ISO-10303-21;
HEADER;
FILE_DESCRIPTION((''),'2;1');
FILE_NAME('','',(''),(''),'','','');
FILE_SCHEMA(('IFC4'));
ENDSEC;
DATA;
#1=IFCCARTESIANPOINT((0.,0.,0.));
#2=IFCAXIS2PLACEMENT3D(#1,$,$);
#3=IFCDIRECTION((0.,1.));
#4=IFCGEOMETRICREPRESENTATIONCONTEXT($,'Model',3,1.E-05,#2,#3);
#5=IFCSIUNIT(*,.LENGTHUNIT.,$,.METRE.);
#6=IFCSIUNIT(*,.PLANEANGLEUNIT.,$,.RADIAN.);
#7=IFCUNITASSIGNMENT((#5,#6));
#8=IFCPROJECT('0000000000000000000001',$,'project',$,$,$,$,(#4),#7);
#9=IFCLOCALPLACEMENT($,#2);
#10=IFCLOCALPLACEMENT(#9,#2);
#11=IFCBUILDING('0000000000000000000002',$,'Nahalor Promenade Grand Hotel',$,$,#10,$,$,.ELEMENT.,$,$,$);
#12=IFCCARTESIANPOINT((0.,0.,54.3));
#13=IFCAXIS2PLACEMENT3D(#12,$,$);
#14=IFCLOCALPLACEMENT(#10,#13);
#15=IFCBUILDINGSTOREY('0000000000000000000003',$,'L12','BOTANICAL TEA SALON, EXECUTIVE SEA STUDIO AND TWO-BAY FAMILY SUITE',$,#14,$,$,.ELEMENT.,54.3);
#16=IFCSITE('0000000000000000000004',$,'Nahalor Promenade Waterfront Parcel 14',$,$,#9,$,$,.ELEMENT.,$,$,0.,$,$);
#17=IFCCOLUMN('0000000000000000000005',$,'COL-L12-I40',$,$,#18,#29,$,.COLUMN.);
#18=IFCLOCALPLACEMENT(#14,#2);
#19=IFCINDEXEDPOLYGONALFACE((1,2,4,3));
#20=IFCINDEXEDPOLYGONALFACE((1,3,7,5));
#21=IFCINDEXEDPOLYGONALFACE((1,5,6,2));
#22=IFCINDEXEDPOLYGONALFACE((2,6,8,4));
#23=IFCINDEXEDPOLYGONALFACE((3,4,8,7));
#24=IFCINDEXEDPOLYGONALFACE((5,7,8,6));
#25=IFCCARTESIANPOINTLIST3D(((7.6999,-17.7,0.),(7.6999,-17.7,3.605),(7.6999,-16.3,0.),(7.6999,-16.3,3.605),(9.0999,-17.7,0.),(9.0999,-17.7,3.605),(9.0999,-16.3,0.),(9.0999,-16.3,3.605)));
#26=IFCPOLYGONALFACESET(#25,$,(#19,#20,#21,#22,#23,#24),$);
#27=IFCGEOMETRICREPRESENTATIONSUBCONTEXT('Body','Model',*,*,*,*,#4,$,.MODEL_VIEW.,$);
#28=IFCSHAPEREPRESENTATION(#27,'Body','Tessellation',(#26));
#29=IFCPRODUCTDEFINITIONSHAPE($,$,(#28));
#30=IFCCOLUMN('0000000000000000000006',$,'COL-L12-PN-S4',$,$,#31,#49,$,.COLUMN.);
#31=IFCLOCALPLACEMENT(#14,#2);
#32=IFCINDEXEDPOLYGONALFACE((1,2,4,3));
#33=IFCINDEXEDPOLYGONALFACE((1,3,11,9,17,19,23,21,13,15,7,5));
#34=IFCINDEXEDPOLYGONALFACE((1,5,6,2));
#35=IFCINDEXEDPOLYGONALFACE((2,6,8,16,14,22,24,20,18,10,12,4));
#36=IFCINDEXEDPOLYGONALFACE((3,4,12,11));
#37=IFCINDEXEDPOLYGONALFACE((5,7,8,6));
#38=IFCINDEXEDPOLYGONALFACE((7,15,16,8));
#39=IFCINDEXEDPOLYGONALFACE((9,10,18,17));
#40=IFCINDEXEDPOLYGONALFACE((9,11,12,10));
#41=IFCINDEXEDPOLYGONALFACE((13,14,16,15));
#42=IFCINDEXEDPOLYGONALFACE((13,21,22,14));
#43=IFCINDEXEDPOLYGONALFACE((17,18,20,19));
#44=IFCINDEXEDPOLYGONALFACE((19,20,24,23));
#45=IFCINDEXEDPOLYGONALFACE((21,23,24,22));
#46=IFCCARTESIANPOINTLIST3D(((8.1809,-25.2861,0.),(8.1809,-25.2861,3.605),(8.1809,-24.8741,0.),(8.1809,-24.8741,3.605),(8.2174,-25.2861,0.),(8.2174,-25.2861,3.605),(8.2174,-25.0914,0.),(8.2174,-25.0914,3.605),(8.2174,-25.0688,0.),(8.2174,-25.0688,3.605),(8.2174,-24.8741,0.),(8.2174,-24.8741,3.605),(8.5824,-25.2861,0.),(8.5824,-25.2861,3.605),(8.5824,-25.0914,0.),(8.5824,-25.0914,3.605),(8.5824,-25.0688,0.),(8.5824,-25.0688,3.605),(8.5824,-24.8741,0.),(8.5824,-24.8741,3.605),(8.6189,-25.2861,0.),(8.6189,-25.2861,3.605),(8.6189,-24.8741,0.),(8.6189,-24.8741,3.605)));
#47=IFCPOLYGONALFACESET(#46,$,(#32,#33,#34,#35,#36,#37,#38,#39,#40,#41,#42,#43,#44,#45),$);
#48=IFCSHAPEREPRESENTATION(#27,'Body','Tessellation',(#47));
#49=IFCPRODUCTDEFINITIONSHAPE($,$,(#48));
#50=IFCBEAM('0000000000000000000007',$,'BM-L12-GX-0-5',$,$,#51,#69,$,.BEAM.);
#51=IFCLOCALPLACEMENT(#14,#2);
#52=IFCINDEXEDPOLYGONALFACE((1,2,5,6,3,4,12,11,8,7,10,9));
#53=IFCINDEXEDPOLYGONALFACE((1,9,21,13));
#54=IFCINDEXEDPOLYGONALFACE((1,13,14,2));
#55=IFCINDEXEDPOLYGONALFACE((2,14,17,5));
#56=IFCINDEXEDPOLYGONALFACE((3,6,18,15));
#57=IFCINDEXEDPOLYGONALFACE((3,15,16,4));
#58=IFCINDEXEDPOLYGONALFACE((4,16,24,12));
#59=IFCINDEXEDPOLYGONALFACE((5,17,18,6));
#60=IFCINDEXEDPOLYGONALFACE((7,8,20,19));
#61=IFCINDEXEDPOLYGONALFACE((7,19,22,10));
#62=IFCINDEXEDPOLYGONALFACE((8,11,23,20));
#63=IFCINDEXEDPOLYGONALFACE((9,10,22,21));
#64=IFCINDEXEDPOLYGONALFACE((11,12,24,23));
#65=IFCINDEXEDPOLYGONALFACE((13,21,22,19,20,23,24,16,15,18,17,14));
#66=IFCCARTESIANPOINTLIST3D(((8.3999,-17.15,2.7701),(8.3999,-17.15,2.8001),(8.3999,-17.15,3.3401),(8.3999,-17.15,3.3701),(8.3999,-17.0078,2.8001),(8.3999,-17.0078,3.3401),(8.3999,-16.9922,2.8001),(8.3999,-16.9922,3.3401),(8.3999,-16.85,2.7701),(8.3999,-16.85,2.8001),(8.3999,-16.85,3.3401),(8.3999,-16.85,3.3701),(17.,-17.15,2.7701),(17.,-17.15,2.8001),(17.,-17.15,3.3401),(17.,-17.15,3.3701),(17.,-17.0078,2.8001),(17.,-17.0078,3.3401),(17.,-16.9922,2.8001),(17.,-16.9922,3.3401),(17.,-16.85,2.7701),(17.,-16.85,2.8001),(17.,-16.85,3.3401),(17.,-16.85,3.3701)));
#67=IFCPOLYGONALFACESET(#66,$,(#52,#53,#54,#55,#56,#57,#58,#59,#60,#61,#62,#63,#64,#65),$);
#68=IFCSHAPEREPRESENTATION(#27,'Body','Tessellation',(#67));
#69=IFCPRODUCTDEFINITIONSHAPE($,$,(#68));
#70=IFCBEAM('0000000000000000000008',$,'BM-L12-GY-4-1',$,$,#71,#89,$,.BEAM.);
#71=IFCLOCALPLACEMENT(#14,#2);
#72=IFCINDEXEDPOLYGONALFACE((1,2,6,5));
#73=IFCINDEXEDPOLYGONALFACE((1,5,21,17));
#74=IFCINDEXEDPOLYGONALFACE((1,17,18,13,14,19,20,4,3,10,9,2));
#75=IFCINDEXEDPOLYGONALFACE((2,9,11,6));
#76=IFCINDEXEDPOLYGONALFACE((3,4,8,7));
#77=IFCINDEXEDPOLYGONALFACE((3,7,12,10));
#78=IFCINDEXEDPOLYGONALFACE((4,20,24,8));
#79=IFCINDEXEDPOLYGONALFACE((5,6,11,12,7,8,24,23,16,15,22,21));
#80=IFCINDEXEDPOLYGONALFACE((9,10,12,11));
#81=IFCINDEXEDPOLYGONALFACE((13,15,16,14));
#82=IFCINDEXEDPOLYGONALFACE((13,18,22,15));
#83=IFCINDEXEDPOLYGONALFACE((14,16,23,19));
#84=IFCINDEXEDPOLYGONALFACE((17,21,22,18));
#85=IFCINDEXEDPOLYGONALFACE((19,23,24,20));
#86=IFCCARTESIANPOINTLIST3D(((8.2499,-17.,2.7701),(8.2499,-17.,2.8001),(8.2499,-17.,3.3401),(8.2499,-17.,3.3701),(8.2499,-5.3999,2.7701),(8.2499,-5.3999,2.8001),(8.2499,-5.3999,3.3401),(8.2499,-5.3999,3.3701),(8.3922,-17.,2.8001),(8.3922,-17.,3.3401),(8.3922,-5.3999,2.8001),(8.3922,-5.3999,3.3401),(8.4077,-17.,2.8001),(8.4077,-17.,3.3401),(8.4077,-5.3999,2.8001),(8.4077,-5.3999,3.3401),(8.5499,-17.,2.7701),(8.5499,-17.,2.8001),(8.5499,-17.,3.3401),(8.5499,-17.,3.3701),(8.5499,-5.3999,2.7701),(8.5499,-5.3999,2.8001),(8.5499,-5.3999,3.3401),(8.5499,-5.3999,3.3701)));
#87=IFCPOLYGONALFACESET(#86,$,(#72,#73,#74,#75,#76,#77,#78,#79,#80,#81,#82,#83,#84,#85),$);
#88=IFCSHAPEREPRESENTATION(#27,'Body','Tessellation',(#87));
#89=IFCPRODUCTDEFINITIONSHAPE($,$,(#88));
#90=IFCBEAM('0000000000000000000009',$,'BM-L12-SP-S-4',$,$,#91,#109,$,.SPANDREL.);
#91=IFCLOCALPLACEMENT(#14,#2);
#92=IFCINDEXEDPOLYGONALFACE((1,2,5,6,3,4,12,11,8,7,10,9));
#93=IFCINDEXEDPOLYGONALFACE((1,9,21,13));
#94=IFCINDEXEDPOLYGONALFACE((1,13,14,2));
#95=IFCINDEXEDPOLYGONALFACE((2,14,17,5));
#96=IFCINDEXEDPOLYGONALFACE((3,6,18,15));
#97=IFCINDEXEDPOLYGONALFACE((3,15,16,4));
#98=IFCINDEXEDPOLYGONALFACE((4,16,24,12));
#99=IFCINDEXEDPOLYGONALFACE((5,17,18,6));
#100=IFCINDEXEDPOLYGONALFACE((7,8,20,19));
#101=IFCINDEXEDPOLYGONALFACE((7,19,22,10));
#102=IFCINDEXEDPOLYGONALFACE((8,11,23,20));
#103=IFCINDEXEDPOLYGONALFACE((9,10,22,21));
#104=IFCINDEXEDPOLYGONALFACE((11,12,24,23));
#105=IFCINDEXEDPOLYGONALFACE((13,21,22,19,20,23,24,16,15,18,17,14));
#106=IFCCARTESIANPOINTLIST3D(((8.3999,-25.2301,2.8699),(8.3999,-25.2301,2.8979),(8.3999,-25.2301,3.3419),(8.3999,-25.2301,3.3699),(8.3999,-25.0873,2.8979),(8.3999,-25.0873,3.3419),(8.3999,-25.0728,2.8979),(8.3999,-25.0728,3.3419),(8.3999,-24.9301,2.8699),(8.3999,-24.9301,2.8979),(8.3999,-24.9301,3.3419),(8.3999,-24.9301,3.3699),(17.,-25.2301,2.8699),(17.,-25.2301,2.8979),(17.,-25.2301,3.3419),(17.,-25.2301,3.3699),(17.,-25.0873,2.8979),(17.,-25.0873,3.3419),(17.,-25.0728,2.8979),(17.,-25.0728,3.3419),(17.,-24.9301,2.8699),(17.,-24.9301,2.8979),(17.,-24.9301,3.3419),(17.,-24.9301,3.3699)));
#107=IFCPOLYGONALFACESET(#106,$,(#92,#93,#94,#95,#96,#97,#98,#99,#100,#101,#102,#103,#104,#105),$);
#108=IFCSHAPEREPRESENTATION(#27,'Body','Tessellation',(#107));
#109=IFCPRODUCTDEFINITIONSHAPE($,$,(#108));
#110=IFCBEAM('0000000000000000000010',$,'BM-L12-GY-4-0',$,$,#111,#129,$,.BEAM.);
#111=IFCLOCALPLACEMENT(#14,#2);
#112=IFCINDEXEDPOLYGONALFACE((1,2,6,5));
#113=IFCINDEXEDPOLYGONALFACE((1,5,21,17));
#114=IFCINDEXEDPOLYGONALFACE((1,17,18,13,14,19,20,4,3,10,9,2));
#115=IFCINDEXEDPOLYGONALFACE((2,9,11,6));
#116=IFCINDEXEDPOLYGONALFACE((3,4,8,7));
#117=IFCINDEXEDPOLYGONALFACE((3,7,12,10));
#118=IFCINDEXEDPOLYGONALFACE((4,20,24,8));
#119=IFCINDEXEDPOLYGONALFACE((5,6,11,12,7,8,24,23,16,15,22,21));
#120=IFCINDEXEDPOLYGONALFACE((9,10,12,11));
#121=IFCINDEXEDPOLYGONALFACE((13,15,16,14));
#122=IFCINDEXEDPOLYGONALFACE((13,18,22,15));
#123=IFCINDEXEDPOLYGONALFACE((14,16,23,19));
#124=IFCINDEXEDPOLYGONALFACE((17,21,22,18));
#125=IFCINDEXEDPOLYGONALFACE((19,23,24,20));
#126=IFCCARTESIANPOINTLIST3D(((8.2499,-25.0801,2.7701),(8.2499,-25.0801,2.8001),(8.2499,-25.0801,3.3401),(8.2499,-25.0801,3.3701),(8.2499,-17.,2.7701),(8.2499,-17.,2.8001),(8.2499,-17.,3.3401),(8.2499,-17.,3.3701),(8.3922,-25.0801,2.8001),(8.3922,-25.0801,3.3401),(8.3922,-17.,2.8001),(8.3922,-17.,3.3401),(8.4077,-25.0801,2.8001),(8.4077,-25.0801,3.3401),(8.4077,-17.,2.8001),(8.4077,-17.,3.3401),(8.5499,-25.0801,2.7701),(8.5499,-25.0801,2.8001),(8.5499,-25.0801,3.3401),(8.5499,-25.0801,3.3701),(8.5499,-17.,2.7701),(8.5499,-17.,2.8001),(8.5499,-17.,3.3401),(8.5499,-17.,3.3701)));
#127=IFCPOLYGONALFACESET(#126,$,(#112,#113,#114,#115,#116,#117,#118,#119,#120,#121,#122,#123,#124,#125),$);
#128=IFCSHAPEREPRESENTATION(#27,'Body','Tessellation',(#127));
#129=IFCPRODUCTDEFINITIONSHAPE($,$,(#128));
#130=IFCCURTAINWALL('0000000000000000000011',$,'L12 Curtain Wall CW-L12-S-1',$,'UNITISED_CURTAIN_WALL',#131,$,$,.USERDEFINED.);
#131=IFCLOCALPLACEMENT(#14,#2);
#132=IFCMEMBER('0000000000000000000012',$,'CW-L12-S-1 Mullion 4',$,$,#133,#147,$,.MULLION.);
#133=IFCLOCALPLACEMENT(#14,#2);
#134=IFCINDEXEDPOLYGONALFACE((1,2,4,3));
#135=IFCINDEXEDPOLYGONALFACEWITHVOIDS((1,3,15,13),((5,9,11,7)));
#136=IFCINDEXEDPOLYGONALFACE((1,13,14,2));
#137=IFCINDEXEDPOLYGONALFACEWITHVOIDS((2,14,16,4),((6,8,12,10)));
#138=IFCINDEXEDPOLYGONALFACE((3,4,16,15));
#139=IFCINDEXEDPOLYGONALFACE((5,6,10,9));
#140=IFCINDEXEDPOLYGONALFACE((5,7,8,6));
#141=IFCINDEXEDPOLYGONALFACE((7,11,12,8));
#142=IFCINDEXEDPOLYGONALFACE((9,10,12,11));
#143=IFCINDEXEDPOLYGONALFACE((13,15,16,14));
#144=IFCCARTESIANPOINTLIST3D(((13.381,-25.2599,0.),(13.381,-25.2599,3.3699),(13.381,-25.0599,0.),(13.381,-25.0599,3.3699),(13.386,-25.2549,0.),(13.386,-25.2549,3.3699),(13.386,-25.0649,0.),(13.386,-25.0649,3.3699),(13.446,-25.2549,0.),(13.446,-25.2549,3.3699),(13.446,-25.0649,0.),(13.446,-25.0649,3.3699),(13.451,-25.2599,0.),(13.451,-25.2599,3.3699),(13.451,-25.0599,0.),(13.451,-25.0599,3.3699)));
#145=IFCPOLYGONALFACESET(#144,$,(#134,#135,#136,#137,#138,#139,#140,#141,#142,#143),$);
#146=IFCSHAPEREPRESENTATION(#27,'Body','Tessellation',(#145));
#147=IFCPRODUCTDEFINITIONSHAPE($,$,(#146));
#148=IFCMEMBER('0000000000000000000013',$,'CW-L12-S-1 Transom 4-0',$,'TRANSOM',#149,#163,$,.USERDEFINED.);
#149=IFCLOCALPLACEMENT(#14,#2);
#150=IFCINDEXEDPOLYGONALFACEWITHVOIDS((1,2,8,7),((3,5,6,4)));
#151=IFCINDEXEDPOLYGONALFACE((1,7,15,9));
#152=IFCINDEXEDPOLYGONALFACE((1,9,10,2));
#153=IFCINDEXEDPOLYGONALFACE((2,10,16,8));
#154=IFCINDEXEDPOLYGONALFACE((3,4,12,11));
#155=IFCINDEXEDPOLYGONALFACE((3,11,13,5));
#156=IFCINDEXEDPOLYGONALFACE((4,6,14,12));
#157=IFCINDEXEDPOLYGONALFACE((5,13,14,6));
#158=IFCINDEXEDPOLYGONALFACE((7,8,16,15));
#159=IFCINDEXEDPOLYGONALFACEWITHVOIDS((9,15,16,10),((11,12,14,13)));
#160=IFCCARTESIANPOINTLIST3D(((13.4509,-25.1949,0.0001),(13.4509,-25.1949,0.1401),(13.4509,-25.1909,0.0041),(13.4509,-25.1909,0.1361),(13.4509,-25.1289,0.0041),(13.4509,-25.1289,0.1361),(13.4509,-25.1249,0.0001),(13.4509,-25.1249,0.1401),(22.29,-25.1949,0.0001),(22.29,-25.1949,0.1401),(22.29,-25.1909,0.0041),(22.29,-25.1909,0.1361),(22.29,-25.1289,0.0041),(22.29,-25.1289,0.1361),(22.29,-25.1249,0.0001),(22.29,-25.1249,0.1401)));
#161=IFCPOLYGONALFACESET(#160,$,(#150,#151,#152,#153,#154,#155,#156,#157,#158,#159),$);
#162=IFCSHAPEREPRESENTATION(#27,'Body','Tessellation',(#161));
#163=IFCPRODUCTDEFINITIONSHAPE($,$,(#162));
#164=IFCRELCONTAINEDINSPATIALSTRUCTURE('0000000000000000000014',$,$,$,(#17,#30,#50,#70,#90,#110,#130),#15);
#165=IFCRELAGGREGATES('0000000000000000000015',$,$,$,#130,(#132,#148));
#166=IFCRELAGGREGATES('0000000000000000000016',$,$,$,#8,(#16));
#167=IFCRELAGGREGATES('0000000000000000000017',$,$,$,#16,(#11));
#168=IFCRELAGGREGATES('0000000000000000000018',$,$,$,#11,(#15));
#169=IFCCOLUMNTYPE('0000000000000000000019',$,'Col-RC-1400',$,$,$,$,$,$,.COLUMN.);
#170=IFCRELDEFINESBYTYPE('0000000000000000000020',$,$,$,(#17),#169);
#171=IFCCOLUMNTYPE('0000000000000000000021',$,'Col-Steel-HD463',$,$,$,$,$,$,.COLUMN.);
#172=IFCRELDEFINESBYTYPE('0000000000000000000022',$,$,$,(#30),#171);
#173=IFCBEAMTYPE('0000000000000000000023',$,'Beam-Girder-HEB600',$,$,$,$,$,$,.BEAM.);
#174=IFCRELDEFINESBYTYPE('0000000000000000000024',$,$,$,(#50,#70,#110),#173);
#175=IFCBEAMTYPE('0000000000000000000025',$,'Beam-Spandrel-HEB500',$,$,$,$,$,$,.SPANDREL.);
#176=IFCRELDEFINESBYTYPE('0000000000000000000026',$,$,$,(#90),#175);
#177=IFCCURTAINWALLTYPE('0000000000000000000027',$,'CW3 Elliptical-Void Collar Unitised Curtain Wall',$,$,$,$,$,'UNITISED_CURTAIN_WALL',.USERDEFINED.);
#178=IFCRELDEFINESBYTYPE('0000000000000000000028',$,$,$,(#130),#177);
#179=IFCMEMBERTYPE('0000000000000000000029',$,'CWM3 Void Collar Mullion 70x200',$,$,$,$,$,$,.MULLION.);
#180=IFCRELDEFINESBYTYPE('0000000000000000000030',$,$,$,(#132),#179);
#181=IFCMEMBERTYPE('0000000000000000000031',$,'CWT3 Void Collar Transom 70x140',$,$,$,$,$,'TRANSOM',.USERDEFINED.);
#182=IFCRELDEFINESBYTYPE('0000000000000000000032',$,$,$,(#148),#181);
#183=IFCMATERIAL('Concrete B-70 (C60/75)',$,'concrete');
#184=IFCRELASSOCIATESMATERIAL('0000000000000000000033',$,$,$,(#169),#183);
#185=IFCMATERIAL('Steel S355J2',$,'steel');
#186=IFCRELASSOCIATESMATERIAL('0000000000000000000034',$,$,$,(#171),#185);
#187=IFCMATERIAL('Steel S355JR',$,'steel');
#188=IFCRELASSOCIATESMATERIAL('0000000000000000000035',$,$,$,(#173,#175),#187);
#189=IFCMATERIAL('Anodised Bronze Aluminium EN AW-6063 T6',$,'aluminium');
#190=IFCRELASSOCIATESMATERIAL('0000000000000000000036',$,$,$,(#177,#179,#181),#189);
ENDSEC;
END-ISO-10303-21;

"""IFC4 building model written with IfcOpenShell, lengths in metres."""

from ifc_helpers import new_model, si_unit, direction, frame, origin, origin_2d, place, context, subcontext, project, spatial, rectangle, hollow_rectangle, i_section, extrude, source, transform, mapped, material, material_profile, profile_set, type_object, element, aggregate, save


model = new_model("IFC4")

# Units and contexts
model_context = context("Model", 3, precision=1e-05, world=origin(), true_north=direction((0.0, 1.0)))
body_context = subcontext(model_context, "Body", "Model", "MODEL_VIEW")
ifc_project = project(units=[si_unit("LENGTHUNIT", "METRE"), si_unit("PLANEANGLEUNIT", "RADIAN")], contexts=[model_context])

# Site, building, storey
site_placement = place(None, origin())
site = spatial("IfcSite", under=ifc_project, at=site_placement, Name="Nahalor Promenade Waterfront Parcel 14", CompositionType="ELEMENT", RefElevation=0.0)
building_placement = place(site_placement, origin())
building = spatial("IfcBuilding", under=site, at=building_placement, Name="Nahalor Promenade Grand Hotel", CompositionType="ELEMENT")
storey_placement = place(building_placement, frame((0.0, 0.0, 54.3)))
storey = spatial("IfcBuildingStorey", under=building, at=storey_placement, Name="L12", Description="BOTANICAL TEA SALON, EXECUTIVE SEA STUDIO AND TWO-BAY FAMILY SUITE", CompositionType="ELEMENT", Elevation=54.3)

# Columns
ifc_material_1 = material(Name="Concrete B-70 (C60/75)", Category="concrete")
ifc_material_profile_1 = material_profile(ifc_material_1, rectangle(XDim=1.4, YDim=1.4, at=origin_2d()), Name="RC 1400x1400")
ifc_profile_set_1 = profile_set([ifc_material_profile_1], Name="Concrete B-70 (C60/75)")
column_type_1 = type_object("IfcColumnType", Name="Col-RC-1400", PredefinedType="COLUMN", material=ifc_profile_set_1)
shared_shape_1 = source(origin(), body_context, "Body", "SweptSolid", [
    extrude(rectangle(XDim=1.4, YDim=1.4, at=origin_2d()), origin(), (0.0, 0.0, 1.0), 3.605),
])
column_1_placement = place(storey_placement, frame((8.3999, -17.0, 0.0), z_axis=(0.0, 0.0, 1.0), x_axis=(1.0, 0.0, 0.0)))
element("IfcColumn", 1, at=column_1_placement, inside=storey, type_object=column_type_1, Name="COL-L12-I40", PredefinedType="COLUMN", context=body_context, shape_type="MappedRepresentation", body=[
    mapped(shared_shape_1, transform((0.0, 0.0, 0.0), scale=1.0)),
])
ifc_material_2 = material(Name="Steel S355J2", Category="steel")
ifc_material_profile_2 = material_profile(ifc_material_2, i_section(OverallWidth=0.412, OverallDepth=0.438, WebThickness=0.0226, FlangeThickness=0.0365, at=origin_2d()), Name="HD 400x463")
ifc_profile_set_2 = profile_set([ifc_material_profile_2], Name="Steel S355J2")
column_type_2 = type_object("IfcColumnType", Name="Col-Steel-HD463", PredefinedType="COLUMN", material=ifc_profile_set_2)
shared_shape_2 = source(origin(), body_context, "Body", "SweptSolid", [
    extrude(i_section(OverallWidth=0.412, OverallDepth=0.438, WebThickness=0.0226, FlangeThickness=0.0365, at=origin_2d()), origin(), (0.0, 0.0, 1.0), 3.605),
])
column_2_placement = place(storey_placement, frame((8.3999, -25.0801, 0.0), z_axis=(0.0, 0.0, 1.0), x_axis=(0.0, 1.0, 0.0)))
element("IfcColumn", 2, at=column_2_placement, inside=storey, type_object=column_type_2, Name="COL-L12-PN-S4", PredefinedType="COLUMN", context=body_context, shape_type="MappedRepresentation", body=[
    mapped(shared_shape_2, transform((0.0, 0.0, 0.0), scale=1.0)),
])

# Beams
ifc_material_3 = material(Name="Steel S355JR", Category="steel")
ifc_material_profile_3 = material_profile(ifc_material_3, i_section(OverallWidth=0.3, OverallDepth=0.6, WebThickness=0.0155, FlangeThickness=0.03, at=origin_2d()), Name="HEB 600")
ifc_profile_set_3 = profile_set([ifc_material_profile_3], Name="Steel S355JR")
beam_type_1 = type_object("IfcBeamType", Name="Beam-Girder-HEB600", PredefinedType="BEAM", material=ifc_profile_set_3)
shared_shape_3 = source(origin(), body_context, "Body", "SweptSolid", [
    extrude(i_section(OverallWidth=0.3, OverallDepth=0.6, WebThickness=0.0155, FlangeThickness=0.03, at=origin_2d()), origin(), (0.0, 0.0, 1.0), 8.6001),
])
beam_1_placement = place(storey_placement, frame((8.3999, -17.0, 3.0701), z_axis=(1.0, 0.0, 0.0), x_axis=(0.0, 1.0, 0.0)))
element("IfcBeam", 3, at=beam_1_placement, inside=storey, type_object=beam_type_1, Name="BM-L12-GX-0-5", PredefinedType="BEAM", context=body_context, shape_type="MappedRepresentation", body=[
    mapped(shared_shape_3, transform((0.0, 0.0, 0.0), scale=1.0)),
])
shared_shape_4 = source(origin(), body_context, "Body", "SweptSolid", [
    extrude(i_section(OverallWidth=0.3, OverallDepth=0.6, WebThickness=0.0155, FlangeThickness=0.03, at=origin_2d()), origin(), (0.0, 0.0, 1.0), 11.6001),
])
beam_2_placement = place(storey_placement, frame((8.3999, -17.0, 3.0701), z_axis=(0.0, 1.0, 0.0), x_axis=(-1.0, 0.0, 0.0)))
element("IfcBeam", 4, at=beam_2_placement, inside=storey, type_object=beam_type_1, Name="BM-L12-GY-4-1", PredefinedType="BEAM", context=body_context, shape_type="MappedRepresentation", body=[
    mapped(shared_shape_4, transform((0.0, 0.0, 0.0), scale=1.0)),
])
ifc_material_profile_4 = material_profile(ifc_material_3, i_section(OverallWidth=0.3, OverallDepth=0.5, WebThickness=0.0145, FlangeThickness=0.028, at=origin_2d()), Name="HEB 500")
ifc_profile_set_4 = profile_set([ifc_material_profile_4], Name="Steel S355JR")
beam_type_2 = type_object("IfcBeamType", Name="Beam-Spandrel-HEB500", PredefinedType="SPANDREL", material=ifc_profile_set_4)
shared_shape_5 = source(origin(), body_context, "Body", "SweptSolid", [
    extrude(i_section(OverallWidth=0.3, OverallDepth=0.5, WebThickness=0.0145, FlangeThickness=0.028, at=origin_2d()), origin(), (0.0, 0.0, 1.0), 8.6001),
])
beam_3_placement = place(storey_placement, frame((8.3999, -25.0801, 3.1199), z_axis=(1.0, 0.0, 0.0), x_axis=(0.0, 1.0, 0.0)))
element("IfcBeam", 5, at=beam_3_placement, inside=storey, type_object=beam_type_2, Name="BM-L12-SP-S-4", PredefinedType="SPANDREL", context=body_context, shape_type="MappedRepresentation", body=[
    mapped(shared_shape_5, transform((0.0, 0.0, 0.0), scale=1.0)),
])
shared_shape_6 = source(origin(), body_context, "Body", "SweptSolid", [
    extrude(i_section(OverallWidth=0.3, OverallDepth=0.6, WebThickness=0.0155, FlangeThickness=0.03, at=origin_2d()), origin(), (0.0, 0.0, 1.0), 8.0801),
])
beam_4_placement = place(storey_placement, frame((8.3999, -25.0801, 3.0701), z_axis=(0.0, 1.0, 0.0), x_axis=(-1.0, 0.0, 0.0)))
element("IfcBeam", 6, at=beam_4_placement, inside=storey, type_object=beam_type_1, Name="BM-L12-GY-4-0", PredefinedType="BEAM", context=body_context, shape_type="MappedRepresentation", body=[
    mapped(shared_shape_6, transform((0.0, 0.0, 0.0), scale=1.0)),
])

# Curtain wall, members
ifc_material_4 = material(Name="Anodised Bronze Aluminium EN AW-6063 T6", Category="aluminium")
curtain_wall_type = type_object("IfcCurtainWallType", Name="CW3 Elliptical-Void Collar Unitised Curtain Wall", ElementType="UNITISED_CURTAIN_WALL", PredefinedType="USERDEFINED", material=ifc_material_4)
curtain_wall_placement = place(storey_placement, origin())
curtain_wall = element("IfcCurtainWall", 7, at=curtain_wall_placement, inside=storey, type_object=curtain_wall_type, Name="L12 Curtain Wall CW-L12-S-1", ObjectType="UNITISED_CURTAIN_WALL", PredefinedType="USERDEFINED")
ifc_material_profile_5 = material_profile(ifc_material_4, hollow_rectangle(XDim=0.07, YDim=0.2, WallThickness=0.005, at=origin_2d()), Name="CWM 70x200x5")
ifc_profile_set_5 = profile_set([ifc_material_profile_5], Name="Anodised Bronze Aluminium EN AW-6063 T6")
member_type_1 = type_object("IfcMemberType", Name="CWM3 Void Collar Mullion 70x200", PredefinedType="MULLION", material=ifc_profile_set_5)
shared_shape_7 = source(origin(), body_context, "Body", "SweptSolid", [
    extrude(hollow_rectangle(XDim=0.07, YDim=0.2, WallThickness=0.005, at=origin_2d()), origin(), (0.0, 0.0, 1.0), 3.3699),
])
member_1_placement = place(storey_placement, frame((13.416, -25.1599, 0.0), z_axis=(0.0, 0.0, 1.0), x_axis=(1.0, 0.0, 0.0)))
member_1 = element("IfcMember", 8, at=member_1_placement, type_object=member_type_1, Name="CW-L12-S-1 Mullion 4", PredefinedType="MULLION", context=body_context, shape_type="MappedRepresentation", body=[
    mapped(shared_shape_7, transform((0.0, 0.0, 0.0), scale=1.0)),
])
ifc_material_profile_6 = material_profile(ifc_material_4, hollow_rectangle(XDim=0.07, YDim=0.14, WallThickness=0.004, at=origin_2d()), Name="CWT 70x140x4")
ifc_profile_set_6 = profile_set([ifc_material_profile_6], Name="Anodised Bronze Aluminium EN AW-6063 T6")
member_type_2 = type_object("IfcMemberType", Name="CWT3 Void Collar Transom 70x140", ElementType="TRANSOM", PredefinedType="USERDEFINED", material=ifc_profile_set_6)
shared_shape_8 = source(origin(), body_context, "Body", "SweptSolid", [
    extrude(hollow_rectangle(XDim=0.07, YDim=0.14, WallThickness=0.004, at=origin_2d()), origin(), (0.0, 0.0, 1.0), 8.8391),
])
member_2_placement = place(storey_placement, frame((13.4509, -25.1599, 0.0701), z_axis=(1.0, 0.0, 0.0), x_axis=(0.0, 1.0, 0.0)))
member_2 = element("IfcMember", 9, at=member_2_placement, type_object=member_type_2, Name="CW-L12-S-1 Transom 4-0", ObjectType="TRANSOM", PredefinedType="USERDEFINED", context=body_context, shape_type="MappedRepresentation", body=[
    mapped(shared_shape_8, transform((0.0, 0.0, 0.0), scale=1.0)),
])
aggregate(curtain_wall, [member_1, member_2])

save(model, "model.ifc")
